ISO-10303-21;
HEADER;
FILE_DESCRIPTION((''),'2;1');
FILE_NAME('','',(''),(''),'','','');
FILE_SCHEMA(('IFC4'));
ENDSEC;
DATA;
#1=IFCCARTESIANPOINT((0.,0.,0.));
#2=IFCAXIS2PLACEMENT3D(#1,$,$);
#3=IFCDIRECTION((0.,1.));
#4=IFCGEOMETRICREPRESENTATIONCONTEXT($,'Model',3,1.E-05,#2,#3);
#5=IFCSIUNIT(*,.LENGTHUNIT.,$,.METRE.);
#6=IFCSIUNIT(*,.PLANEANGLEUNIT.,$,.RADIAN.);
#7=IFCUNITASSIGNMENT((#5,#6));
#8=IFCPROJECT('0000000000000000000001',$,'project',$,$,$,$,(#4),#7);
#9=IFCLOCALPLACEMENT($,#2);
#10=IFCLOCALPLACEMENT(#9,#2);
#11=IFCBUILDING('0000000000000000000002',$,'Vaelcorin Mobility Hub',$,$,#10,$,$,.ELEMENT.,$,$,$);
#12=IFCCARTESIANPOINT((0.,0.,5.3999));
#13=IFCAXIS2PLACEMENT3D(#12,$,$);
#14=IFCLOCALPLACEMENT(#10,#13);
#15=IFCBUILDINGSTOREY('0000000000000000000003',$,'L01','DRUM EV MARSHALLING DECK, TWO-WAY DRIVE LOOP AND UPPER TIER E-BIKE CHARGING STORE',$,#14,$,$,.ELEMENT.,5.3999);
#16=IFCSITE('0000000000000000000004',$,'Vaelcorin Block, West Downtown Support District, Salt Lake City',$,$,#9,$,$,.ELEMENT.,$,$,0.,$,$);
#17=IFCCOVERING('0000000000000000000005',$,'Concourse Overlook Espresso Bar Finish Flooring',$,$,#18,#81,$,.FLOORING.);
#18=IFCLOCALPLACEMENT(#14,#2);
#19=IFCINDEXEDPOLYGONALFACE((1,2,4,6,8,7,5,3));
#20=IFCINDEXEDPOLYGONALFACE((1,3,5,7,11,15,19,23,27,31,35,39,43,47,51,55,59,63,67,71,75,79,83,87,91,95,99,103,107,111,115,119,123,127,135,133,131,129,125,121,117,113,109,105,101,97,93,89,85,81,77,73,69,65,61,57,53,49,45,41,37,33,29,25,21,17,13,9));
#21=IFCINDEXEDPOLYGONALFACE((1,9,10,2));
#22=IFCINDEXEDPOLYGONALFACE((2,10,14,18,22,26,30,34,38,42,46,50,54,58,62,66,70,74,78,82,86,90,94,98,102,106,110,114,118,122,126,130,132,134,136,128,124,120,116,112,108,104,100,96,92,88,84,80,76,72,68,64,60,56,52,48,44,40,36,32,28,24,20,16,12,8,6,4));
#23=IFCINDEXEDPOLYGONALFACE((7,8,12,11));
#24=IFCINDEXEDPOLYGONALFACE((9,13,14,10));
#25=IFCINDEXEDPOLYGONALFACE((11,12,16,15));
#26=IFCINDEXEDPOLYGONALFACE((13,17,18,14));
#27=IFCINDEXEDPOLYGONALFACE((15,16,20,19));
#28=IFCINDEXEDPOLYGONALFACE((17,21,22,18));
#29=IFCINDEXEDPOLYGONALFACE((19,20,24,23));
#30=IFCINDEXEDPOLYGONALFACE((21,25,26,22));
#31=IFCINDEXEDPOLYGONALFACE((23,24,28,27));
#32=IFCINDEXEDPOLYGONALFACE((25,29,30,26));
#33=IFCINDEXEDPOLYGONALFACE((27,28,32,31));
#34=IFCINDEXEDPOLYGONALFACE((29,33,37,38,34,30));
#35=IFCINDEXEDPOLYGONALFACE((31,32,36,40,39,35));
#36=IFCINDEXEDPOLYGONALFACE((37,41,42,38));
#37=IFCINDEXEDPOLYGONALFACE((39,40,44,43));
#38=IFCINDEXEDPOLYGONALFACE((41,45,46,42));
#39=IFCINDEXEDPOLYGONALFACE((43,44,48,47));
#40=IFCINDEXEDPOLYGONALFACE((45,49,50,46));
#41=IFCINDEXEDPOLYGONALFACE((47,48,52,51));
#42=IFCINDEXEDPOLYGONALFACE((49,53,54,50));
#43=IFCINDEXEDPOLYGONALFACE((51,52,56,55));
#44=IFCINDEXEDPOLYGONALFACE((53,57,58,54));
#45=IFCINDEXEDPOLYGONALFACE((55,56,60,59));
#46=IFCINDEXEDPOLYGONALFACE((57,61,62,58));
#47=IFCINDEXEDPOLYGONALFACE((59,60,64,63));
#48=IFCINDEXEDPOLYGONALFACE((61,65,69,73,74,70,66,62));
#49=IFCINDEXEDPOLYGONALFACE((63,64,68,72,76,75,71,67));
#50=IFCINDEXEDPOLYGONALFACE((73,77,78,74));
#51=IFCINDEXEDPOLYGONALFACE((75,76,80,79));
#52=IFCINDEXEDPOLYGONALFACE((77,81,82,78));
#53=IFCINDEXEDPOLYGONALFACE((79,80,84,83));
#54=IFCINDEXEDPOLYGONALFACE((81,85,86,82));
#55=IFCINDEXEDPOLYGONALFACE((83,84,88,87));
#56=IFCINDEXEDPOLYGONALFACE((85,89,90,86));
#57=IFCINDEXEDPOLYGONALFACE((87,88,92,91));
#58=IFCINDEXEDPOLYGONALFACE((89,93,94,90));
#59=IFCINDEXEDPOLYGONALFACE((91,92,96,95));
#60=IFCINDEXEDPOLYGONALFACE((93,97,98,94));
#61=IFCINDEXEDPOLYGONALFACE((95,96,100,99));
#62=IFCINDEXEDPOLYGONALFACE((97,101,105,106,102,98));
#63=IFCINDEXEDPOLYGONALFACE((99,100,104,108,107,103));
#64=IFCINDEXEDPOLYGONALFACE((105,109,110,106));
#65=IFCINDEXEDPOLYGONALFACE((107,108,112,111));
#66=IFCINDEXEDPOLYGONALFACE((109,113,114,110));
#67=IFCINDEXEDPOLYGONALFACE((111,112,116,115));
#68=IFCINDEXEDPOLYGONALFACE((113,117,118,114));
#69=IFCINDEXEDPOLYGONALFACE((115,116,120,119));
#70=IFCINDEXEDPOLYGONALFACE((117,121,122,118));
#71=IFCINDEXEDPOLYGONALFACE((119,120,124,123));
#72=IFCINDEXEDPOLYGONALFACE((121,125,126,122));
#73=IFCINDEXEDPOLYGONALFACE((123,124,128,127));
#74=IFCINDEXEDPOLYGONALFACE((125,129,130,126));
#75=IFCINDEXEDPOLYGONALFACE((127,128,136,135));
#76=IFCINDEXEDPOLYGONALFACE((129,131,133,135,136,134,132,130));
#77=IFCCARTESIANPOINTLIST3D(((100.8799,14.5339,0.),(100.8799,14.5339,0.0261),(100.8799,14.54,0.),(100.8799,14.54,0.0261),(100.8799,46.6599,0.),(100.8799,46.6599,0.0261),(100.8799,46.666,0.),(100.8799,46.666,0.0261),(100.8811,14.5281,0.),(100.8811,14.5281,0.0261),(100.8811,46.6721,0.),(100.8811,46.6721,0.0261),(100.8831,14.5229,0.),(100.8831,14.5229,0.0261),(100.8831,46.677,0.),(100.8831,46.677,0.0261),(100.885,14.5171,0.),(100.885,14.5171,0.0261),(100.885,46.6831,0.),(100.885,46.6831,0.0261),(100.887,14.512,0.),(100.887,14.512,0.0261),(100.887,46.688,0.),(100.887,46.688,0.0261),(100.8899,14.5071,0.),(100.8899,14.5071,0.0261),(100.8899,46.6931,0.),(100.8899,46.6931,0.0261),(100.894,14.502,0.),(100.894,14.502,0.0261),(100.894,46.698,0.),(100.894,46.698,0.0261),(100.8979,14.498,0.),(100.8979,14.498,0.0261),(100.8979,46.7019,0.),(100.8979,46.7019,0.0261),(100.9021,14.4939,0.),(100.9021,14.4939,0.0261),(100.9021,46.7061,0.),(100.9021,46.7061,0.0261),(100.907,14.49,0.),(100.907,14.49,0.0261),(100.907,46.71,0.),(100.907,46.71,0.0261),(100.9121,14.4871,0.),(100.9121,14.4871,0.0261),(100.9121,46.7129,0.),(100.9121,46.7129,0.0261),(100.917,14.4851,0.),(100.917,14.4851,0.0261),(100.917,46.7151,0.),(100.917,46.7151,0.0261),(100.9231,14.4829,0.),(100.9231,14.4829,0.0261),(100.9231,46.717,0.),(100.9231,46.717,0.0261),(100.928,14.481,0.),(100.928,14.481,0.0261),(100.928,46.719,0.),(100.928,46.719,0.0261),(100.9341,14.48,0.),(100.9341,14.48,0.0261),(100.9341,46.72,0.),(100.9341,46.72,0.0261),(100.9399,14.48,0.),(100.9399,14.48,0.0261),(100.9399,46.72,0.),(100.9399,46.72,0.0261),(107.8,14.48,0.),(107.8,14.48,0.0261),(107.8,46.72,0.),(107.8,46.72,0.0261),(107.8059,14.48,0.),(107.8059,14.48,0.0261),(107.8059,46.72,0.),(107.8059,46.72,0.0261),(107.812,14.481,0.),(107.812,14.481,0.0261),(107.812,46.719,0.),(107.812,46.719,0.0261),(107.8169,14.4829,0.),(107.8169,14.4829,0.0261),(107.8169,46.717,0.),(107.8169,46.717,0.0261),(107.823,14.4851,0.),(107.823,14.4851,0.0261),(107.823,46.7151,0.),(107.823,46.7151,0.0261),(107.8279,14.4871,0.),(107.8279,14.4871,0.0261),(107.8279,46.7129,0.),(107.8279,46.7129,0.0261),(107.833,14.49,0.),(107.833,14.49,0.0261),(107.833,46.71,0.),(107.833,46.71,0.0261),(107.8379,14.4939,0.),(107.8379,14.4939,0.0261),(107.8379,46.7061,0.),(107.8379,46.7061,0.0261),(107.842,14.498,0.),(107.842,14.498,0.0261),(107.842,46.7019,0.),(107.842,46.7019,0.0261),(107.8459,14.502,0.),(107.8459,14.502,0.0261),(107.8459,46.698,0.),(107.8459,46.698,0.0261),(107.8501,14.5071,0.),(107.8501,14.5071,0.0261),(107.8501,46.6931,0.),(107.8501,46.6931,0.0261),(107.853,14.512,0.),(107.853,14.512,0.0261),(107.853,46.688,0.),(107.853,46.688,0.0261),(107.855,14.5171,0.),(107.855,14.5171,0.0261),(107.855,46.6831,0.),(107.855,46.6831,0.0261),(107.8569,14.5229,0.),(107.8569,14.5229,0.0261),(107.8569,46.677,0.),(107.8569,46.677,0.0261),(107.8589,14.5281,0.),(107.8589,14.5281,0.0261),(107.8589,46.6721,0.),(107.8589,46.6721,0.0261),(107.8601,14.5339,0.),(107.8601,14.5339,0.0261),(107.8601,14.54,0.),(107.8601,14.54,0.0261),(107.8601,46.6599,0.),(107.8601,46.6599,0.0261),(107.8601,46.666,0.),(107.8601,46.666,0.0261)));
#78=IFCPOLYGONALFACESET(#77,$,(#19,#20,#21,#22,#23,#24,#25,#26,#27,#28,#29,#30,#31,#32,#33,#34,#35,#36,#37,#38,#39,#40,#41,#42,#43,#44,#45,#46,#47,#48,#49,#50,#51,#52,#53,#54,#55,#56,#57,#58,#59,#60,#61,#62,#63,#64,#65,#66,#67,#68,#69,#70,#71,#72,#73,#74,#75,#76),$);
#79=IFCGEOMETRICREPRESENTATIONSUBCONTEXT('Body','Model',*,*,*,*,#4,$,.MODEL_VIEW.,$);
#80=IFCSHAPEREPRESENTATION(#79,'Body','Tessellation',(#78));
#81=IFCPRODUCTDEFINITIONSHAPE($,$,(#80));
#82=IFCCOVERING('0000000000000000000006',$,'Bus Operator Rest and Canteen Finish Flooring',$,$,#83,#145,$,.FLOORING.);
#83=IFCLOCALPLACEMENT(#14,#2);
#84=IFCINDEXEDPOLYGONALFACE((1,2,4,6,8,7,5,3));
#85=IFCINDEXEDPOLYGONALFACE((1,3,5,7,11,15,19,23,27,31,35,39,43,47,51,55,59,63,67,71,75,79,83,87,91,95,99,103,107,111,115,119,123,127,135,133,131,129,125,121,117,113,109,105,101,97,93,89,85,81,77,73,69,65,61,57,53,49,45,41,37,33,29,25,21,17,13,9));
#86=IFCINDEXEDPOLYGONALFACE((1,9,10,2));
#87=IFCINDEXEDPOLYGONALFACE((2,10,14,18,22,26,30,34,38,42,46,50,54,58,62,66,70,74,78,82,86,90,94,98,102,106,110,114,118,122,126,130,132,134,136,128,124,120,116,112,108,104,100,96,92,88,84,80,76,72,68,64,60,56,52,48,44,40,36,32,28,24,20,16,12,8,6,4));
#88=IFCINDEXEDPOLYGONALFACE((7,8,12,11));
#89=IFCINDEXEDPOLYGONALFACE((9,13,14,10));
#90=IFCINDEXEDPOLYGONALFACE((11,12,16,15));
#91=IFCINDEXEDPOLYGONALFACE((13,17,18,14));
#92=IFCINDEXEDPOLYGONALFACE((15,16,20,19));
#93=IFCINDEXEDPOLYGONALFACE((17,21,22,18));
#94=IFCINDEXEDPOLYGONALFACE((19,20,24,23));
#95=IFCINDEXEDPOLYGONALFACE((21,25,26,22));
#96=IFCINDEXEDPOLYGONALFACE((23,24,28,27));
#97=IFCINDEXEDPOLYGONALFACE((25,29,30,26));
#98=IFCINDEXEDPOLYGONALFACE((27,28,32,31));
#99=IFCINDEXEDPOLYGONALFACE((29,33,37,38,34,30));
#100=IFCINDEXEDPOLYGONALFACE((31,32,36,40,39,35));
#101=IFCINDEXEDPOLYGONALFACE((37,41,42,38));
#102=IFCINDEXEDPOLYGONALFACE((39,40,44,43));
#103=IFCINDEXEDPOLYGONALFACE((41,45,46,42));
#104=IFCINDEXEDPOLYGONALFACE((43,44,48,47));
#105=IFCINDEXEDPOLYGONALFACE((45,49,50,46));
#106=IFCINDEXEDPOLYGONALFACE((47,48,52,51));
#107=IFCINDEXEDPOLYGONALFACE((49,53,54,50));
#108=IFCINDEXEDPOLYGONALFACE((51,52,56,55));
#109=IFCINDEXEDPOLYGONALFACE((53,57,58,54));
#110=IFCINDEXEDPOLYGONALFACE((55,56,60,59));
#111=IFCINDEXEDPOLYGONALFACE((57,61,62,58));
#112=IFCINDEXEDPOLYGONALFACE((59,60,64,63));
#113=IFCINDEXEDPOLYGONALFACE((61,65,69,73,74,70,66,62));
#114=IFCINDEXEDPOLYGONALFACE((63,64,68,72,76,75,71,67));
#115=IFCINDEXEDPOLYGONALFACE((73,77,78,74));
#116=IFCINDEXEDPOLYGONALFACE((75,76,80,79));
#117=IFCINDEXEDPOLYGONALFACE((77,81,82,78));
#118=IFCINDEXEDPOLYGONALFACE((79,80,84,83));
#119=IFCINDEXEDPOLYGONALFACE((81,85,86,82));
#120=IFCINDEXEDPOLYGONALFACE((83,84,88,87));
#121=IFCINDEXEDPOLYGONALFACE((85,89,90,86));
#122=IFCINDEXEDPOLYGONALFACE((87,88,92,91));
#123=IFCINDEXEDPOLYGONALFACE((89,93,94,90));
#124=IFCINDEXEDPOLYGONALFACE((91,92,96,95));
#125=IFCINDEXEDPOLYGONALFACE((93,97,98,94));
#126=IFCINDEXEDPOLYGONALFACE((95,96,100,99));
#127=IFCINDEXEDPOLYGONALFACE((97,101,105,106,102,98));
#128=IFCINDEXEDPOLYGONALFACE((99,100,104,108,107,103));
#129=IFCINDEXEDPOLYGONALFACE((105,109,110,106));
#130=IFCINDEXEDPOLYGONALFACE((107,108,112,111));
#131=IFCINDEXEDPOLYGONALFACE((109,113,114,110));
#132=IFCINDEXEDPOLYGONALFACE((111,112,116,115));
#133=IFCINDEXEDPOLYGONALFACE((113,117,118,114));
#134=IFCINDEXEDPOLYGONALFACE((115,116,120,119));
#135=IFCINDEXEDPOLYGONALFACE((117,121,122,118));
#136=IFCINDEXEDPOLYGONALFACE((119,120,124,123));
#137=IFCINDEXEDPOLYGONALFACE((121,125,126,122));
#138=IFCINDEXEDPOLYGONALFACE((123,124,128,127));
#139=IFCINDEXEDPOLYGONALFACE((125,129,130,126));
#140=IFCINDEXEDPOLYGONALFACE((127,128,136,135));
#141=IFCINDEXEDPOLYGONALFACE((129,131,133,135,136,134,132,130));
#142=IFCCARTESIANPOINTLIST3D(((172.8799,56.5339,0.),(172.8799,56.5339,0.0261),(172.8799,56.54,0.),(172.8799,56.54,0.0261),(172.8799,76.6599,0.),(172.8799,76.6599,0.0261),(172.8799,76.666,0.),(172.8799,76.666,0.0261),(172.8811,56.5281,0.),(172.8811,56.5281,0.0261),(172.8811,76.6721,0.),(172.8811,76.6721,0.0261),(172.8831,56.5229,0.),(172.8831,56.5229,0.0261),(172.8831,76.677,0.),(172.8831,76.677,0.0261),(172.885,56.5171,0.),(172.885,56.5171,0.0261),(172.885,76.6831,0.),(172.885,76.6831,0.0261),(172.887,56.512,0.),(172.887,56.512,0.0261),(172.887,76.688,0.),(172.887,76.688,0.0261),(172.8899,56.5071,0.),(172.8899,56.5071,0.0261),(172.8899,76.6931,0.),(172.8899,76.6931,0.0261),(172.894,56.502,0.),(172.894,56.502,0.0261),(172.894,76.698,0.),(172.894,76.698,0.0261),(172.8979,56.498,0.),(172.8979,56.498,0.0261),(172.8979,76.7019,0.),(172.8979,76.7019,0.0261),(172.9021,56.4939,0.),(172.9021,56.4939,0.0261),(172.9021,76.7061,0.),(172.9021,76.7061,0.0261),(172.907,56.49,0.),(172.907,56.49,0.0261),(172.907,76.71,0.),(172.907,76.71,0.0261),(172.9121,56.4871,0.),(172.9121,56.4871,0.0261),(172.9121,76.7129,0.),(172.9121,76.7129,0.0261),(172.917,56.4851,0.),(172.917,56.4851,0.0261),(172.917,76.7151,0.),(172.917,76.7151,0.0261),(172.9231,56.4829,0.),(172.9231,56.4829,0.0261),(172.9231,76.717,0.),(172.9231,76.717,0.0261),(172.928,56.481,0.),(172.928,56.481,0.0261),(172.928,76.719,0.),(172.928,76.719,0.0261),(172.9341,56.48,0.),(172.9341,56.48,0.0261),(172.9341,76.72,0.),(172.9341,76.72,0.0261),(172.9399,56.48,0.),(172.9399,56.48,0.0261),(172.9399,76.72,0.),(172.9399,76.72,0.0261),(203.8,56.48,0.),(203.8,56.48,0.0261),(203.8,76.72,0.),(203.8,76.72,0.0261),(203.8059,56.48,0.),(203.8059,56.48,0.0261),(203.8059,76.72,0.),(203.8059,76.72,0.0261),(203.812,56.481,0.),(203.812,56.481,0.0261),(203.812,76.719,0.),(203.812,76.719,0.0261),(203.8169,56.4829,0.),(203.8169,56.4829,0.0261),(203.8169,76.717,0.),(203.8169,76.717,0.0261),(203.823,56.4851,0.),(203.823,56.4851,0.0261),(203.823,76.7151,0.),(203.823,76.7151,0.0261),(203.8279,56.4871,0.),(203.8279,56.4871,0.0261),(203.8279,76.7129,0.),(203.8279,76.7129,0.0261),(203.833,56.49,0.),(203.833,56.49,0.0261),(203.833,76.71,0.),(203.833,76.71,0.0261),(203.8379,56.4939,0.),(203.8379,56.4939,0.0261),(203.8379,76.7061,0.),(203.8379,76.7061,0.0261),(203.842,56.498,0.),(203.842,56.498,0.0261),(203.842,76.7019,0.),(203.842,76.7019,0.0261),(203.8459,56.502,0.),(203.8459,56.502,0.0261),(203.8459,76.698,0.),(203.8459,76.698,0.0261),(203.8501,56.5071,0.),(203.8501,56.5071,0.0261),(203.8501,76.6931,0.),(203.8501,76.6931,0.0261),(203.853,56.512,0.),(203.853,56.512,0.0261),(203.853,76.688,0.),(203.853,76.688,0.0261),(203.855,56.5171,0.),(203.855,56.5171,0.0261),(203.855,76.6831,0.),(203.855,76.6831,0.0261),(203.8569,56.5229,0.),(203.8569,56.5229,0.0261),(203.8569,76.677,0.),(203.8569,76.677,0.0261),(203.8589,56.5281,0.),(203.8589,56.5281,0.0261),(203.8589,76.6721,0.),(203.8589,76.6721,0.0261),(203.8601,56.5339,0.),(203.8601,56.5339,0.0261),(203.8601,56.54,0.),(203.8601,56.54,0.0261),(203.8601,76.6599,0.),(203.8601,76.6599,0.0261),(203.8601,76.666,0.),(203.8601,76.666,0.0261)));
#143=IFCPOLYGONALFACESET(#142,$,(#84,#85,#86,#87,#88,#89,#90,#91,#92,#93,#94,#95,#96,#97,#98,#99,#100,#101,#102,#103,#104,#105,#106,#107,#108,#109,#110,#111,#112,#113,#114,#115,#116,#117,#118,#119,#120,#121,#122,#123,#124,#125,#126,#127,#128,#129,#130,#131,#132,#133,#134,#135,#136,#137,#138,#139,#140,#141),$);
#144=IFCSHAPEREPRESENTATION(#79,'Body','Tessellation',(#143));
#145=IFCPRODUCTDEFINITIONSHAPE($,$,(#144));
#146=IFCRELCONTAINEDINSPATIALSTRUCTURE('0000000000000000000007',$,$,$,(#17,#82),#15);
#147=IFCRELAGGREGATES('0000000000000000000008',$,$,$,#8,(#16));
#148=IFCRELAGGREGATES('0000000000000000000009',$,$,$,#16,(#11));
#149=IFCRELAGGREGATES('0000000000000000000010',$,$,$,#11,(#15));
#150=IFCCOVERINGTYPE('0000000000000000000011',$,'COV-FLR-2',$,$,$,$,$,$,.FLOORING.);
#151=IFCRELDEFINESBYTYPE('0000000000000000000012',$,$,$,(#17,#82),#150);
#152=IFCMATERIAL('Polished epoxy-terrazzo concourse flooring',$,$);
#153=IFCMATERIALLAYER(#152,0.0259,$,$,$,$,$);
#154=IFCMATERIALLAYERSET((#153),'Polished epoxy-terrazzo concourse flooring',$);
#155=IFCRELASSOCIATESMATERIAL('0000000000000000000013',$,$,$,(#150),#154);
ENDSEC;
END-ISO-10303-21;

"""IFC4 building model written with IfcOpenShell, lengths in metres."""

from ifc_helpers import new_model, si_unit, direction, frame, origin, place, context, subcontext, project, spatial, polyline, outline, extrude, material, layer, layer_set, type_object, element, save


model = new_model("IFC4")

# Units and contexts
model_context = context("Model", 3, precision=1e-05, world=origin(), true_north=direction((0.0, 1.0)))
body_context = subcontext(model_context, "Body", "Model", "MODEL_VIEW")
ifc_project = project(units=[si_unit("LENGTHUNIT", "METRE"), si_unit("PLANEANGLEUNIT", "RADIAN")], contexts=[model_context])

# Site, building, storey
site_placement = place(None, origin())
site = spatial("IfcSite", under=ifc_project, at=site_placement, Name="Vaelcorin Block, West Downtown Support District, Salt Lake City", CompositionType="ELEMENT", RefElevation=0.0)
building_placement = place(site_placement, origin())
building = spatial("IfcBuilding", under=site, at=building_placement, Name="Vaelcorin Mobility Hub", CompositionType="ELEMENT")
storey_placement = place(building_placement, frame((0.0, 0.0, 5.3999)))
storey = spatial("IfcBuildingStorey", under=building, at=storey_placement, Name="L01", Description="DRUM EV MARSHALLING DECK, TWO-WAY DRIVE LOOP AND UPPER TIER E-BIKE CHARGING STORE", CompositionType="ELEMENT", Elevation=5.3999)

# Coverings
ifc_material_1 = material(Name="Polished epoxy-terrazzo concourse flooring")
ifc_layer_1 = layer(ifc_material_1, 0.0259)
ifc_layer_set_1 = layer_set([ifc_layer_1], Name="Polished epoxy-terrazzo concourse flooring")
covering_type_1 = type_object("IfcCoveringType", Name="COV-FLR-2", PredefinedType="FLOORING", material=ifc_layer_set_1)
covering_1_placement = place(storey_placement, origin())
element("IfcCovering", 1, at=covering_1_placement, inside=storey, type_object=covering_type_1, Name="Concourse Overlook Espresso Bar Finish Flooring", PredefinedType="FLOORING", context=body_context, shape_type="SweptSolid", body=[
    extrude(outline(polyline([(100.9399, 14.48), (100.9341, 14.48), (100.928, 14.481), (100.9231, 14.4829), (100.917, 14.4851), (100.9121, 14.4871), (100.907, 14.49), (100.9021, 14.4939), (100.8979, 14.498), (100.894, 14.502), (100.8899, 14.5071), (100.887, 14.512), (100.885, 14.5171), (100.8831, 14.5229), (100.8811, 14.5281), (100.8799, 14.5339), (100.8799, 14.54), (100.8799, 46.6599), (100.8799, 46.666), (100.8811, 46.6721), (100.8831, 46.677), (100.885, 46.6831), (100.887, 46.688), (100.8899, 46.6931), (100.894, 46.698), (100.8979, 46.7019), (100.9021, 46.7061), (100.907, 46.71), (100.9121, 46.7129), (100.917, 46.7151), (100.9231, 46.717), (100.928, 46.719), (100.9341, 46.72), (100.9399, 46.72), (107.8, 46.72), (107.8059, 46.72), (107.812, 46.719), (107.8169, 46.717), (107.823, 46.7151), (107.8279, 46.7129), (107.833, 46.71), (107.8379, 46.7061), (107.842, 46.7019), (107.8459, 46.698), (107.8501, 46.6931), (107.853, 46.688), (107.855, 46.6831), (107.8569, 46.677), (107.8589, 46.6721), (107.8601, 46.666), (107.8601, 46.6599), (107.8601, 14.54), (107.8601, 14.5339), (107.8589, 14.5281), (107.8569, 14.5229), (107.855, 14.5171), (107.853, 14.512), (107.8501, 14.5071), (107.8459, 14.502), (107.842, 14.498), (107.8379, 14.4939), (107.833, 14.49), (107.8279, 14.4871), (107.823, 14.4851), (107.8169, 14.4829), (107.812, 14.481), (107.8059, 14.48), (107.8, 14.48), (100.9399, 14.48)])), origin(), (0.0, 0.0, 1.0), 0.0261),
])
covering_2_placement = place(storey_placement, origin())
element("IfcCovering", 2, at=covering_2_placement, inside=storey, type_object=covering_type_1, Name="Bus Operator Rest and Canteen Finish Flooring", PredefinedType="FLOORING", context=body_context, shape_type="SweptSolid", body=[
    extrude(outline(polyline([(172.9399, 56.48), (172.9341, 56.48), (172.928, 56.481), (172.9231, 56.4829), (172.917, 56.4851), (172.9121, 56.4871), (172.907, 56.49), (172.9021, 56.4939), (172.8979, 56.498), (172.894, 56.502), (172.8899, 56.5071), (172.887, 56.512), (172.885, 56.5171), (172.8831, 56.5229), (172.8811, 56.5281), (172.8799, 56.5339), (172.8799, 56.54), (172.8799, 76.6599), (172.8799, 76.666), (172.8811, 76.6721), (172.8831, 76.677), (172.885, 76.6831), (172.887, 76.688), (172.8899, 76.6931), (172.894, 76.698), (172.8979, 76.7019), (172.9021, 76.7061), (172.907, 76.71), (172.9121, 76.7129), (172.917, 76.7151), (172.9231, 76.717), (172.928, 76.719), (172.9341, 76.72), (172.9399, 76.72), (203.8, 76.72), (203.8059, 76.72), (203.812, 76.719), (203.8169, 76.717), (203.823, 76.7151), (203.8279, 76.7129), (203.833, 76.71), (203.8379, 76.7061), (203.842, 76.7019), (203.8459, 76.698), (203.8501, 76.6931), (203.853, 76.688), (203.855, 76.6831), (203.8569, 76.677), (203.8589, 76.6721), (203.8601, 76.666), (203.8601, 76.6599), (203.8601, 56.54), (203.8601, 56.5339), (203.8589, 56.5281), (203.8569, 56.5229), (203.855, 56.5171), (203.853, 56.512), (203.8501, 56.5071), (203.8459, 56.502), (203.842, 56.498), (203.8379, 56.4939), (203.833, 56.49), (203.8279, 56.4871), (203.823, 56.4851), (203.8169, 56.4829), (203.812, 56.481), (203.8059, 56.48), (203.8, 56.48), (172.9399, 56.48)])), origin(), (0.0, 0.0, 1.0), 0.0261),
])

save(model, "model.ifc")
